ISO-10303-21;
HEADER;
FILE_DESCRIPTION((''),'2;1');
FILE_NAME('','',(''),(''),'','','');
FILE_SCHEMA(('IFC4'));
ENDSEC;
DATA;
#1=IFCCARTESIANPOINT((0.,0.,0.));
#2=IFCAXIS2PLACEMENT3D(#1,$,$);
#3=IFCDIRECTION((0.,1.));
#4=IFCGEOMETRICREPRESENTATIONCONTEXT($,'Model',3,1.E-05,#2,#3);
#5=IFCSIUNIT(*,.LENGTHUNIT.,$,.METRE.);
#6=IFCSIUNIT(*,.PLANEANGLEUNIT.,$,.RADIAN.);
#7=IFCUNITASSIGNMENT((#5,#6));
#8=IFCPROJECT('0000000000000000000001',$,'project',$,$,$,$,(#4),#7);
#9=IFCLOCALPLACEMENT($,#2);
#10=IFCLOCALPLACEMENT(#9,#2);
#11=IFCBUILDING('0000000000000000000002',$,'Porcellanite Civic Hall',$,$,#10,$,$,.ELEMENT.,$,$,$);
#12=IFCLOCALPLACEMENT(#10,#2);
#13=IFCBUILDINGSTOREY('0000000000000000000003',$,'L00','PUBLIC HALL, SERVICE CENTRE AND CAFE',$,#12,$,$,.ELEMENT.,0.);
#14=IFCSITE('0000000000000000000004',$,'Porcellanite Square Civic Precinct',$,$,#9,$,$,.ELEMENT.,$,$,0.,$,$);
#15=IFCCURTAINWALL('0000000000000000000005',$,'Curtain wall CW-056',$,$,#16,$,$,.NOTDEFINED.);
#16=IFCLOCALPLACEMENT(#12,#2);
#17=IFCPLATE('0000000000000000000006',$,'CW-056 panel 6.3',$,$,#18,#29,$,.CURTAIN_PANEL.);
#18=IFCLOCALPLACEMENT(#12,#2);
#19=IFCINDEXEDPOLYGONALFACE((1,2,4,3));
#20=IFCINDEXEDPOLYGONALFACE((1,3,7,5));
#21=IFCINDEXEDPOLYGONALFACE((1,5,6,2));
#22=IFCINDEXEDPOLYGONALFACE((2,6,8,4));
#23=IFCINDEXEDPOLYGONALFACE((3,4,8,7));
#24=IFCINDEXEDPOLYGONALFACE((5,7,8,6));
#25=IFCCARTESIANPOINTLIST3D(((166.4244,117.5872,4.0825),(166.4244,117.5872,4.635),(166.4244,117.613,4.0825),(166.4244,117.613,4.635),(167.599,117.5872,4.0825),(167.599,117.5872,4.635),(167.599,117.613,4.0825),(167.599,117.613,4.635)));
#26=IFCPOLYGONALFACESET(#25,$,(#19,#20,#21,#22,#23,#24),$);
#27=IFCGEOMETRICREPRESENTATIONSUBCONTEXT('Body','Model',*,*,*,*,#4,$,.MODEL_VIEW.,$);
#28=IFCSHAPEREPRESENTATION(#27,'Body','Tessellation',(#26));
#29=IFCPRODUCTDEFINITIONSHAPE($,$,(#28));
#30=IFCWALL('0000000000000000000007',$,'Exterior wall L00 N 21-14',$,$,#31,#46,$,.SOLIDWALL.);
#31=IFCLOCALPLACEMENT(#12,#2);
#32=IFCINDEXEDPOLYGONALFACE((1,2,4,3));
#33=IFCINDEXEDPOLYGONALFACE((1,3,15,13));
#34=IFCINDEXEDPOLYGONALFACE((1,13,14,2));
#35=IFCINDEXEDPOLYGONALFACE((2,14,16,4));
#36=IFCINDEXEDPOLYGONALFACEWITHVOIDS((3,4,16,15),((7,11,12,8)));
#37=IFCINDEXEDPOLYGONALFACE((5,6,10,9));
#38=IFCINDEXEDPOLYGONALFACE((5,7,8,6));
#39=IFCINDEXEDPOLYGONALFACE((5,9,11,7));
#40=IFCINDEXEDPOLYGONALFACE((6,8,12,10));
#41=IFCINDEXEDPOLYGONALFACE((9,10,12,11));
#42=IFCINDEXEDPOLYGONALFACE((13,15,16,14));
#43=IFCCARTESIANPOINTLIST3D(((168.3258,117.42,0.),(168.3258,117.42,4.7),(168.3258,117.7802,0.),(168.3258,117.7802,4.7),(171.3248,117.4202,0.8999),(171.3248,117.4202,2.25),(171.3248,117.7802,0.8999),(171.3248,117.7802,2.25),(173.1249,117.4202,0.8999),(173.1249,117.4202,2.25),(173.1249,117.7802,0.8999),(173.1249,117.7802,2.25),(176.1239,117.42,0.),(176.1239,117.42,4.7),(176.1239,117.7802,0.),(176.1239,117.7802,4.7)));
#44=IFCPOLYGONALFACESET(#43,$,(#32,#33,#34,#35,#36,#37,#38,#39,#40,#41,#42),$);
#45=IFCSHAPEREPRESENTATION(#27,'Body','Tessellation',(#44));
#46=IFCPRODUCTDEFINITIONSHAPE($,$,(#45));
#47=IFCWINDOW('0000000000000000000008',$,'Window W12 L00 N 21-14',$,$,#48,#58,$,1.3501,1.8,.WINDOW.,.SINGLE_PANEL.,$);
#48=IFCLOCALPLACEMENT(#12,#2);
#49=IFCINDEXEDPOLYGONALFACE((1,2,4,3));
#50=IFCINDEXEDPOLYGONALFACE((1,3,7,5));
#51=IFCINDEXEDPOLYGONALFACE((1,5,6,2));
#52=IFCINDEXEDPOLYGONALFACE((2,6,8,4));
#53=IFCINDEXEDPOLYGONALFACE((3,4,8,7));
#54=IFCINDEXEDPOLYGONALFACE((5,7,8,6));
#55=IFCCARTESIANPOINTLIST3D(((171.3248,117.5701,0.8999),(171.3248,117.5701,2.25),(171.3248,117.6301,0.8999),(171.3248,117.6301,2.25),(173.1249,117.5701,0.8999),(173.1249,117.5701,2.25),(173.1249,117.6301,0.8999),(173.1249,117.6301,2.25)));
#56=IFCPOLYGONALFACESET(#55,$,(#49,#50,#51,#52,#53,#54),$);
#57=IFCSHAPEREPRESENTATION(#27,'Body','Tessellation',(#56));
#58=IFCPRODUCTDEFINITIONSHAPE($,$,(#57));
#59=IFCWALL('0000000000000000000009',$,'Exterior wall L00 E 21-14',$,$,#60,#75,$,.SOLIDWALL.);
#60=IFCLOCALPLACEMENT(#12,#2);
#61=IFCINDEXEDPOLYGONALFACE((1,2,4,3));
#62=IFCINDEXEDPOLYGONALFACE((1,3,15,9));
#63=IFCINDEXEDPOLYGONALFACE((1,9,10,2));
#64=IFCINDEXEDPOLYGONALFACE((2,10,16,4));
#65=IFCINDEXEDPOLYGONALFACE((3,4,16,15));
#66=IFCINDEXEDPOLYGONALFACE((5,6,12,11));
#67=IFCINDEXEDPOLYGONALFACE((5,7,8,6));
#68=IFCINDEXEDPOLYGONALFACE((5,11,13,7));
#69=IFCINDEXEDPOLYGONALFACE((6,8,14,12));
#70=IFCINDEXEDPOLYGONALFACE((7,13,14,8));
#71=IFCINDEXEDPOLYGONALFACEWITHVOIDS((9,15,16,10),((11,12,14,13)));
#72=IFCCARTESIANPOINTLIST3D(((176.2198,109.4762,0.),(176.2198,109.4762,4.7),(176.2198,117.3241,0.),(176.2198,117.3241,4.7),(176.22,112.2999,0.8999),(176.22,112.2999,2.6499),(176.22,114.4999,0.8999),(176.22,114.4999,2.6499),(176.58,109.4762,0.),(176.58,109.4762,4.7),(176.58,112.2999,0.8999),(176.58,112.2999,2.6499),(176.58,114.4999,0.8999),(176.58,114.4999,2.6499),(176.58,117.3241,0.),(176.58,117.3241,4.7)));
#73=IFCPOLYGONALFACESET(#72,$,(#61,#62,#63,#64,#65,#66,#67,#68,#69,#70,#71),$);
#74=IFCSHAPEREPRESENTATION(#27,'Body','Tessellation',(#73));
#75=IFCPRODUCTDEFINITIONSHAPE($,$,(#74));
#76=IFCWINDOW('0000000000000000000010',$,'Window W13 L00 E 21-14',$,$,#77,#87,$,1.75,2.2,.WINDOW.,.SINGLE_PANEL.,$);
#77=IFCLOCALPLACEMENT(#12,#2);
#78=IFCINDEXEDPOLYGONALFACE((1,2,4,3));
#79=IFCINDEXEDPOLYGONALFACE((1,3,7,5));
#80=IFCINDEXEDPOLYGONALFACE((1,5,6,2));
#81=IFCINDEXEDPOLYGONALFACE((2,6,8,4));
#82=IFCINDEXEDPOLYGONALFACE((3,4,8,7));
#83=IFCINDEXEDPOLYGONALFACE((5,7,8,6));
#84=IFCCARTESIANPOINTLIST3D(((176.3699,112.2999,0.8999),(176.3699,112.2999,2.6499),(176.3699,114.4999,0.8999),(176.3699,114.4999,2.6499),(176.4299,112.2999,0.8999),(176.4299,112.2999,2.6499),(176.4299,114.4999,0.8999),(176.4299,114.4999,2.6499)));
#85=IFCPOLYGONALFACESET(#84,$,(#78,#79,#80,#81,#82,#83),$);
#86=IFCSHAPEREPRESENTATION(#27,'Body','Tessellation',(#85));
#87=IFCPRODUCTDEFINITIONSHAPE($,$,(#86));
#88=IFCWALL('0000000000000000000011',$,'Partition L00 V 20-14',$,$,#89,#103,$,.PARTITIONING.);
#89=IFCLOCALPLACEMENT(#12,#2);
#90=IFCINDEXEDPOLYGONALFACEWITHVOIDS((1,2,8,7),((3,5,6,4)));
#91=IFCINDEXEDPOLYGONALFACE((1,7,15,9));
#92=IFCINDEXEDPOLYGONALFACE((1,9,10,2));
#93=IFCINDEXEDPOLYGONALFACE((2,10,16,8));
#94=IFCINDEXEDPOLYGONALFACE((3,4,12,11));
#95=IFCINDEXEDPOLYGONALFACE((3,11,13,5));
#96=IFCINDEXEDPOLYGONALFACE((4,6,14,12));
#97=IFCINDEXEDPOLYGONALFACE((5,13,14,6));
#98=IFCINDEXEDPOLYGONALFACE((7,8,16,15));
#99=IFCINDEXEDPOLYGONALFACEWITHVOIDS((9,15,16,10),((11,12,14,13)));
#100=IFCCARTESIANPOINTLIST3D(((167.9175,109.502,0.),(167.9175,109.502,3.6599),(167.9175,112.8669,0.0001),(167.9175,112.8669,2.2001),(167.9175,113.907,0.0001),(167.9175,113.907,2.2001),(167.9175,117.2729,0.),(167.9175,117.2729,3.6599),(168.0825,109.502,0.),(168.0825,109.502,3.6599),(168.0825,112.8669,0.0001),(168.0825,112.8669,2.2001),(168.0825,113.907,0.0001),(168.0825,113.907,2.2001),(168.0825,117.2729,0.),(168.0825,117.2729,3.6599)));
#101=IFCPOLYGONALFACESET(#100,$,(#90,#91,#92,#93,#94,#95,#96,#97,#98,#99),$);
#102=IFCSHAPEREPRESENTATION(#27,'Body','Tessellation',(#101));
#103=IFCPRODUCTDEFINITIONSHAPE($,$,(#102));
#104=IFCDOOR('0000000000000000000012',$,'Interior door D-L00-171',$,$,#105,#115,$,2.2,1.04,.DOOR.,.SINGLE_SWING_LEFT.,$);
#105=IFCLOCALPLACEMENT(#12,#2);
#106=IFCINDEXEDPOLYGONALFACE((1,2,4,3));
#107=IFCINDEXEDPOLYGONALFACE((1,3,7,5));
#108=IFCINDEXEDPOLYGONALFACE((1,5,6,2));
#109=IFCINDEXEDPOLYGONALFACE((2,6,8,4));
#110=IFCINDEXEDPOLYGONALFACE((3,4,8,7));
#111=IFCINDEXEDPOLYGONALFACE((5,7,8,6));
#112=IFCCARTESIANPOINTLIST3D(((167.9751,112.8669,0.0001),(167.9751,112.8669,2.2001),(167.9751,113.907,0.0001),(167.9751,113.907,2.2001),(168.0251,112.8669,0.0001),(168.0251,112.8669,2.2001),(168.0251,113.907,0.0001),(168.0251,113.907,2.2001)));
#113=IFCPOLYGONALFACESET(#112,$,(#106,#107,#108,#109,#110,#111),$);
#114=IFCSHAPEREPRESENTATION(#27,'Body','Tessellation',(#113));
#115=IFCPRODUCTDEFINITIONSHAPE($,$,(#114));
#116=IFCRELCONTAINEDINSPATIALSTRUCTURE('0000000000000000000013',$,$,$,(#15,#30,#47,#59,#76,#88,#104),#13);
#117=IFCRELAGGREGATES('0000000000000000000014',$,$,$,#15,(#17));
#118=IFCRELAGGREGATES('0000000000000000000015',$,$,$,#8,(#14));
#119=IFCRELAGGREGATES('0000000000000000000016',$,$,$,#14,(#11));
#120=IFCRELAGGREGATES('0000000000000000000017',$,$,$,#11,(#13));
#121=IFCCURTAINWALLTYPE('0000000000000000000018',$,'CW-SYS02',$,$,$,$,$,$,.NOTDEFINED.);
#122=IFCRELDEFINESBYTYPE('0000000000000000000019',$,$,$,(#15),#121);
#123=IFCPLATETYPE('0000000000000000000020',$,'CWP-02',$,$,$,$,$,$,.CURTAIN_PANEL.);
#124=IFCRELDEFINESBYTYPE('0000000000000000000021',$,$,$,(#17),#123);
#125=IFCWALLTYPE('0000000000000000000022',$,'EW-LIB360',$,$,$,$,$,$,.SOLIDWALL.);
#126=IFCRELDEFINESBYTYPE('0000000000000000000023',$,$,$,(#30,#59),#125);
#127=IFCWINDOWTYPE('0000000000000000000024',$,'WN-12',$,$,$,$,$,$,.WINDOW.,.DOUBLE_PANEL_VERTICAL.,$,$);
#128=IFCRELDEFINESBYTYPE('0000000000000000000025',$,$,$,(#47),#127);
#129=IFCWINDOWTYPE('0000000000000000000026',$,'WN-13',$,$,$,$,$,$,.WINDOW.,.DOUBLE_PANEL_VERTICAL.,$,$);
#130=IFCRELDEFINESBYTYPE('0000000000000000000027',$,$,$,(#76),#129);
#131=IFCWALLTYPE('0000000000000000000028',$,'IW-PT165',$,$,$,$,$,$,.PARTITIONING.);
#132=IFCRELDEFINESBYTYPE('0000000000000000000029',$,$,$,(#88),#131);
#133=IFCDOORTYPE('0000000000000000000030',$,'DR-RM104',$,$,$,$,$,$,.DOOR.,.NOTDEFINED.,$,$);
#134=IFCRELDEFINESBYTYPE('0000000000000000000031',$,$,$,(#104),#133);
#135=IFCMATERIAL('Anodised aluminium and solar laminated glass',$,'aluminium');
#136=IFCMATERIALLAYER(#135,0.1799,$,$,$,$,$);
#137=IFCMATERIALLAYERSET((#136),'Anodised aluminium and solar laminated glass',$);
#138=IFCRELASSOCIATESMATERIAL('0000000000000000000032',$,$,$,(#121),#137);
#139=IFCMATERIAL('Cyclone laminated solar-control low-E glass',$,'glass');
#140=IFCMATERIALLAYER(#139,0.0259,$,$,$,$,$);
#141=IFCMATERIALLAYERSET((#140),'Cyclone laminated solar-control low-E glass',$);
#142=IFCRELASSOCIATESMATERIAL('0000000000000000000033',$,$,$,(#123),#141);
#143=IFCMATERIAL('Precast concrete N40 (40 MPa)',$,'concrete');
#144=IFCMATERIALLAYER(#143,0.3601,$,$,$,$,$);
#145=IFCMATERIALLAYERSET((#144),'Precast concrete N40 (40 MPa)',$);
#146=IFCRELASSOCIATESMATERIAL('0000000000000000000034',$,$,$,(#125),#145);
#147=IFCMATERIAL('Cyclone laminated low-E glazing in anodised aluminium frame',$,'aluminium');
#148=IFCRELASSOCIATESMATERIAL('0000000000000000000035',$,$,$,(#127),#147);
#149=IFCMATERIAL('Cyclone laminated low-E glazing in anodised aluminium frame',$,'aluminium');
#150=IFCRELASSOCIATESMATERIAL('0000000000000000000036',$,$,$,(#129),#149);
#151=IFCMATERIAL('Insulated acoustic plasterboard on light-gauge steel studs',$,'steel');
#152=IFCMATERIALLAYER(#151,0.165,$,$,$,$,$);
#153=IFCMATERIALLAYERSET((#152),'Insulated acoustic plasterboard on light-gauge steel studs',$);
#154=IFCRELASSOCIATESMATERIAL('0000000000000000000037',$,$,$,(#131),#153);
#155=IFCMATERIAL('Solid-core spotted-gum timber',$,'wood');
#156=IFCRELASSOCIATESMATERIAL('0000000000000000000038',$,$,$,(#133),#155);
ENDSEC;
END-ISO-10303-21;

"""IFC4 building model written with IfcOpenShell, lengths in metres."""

from ifc_helpers import new_model, si_unit, direction, frame, frame_2d, origin, origin_2d, place, context, subcontext, project, spatial, rectangle, extrude, material, layer, layer_set, type_object, element, fill, aggregate, save


model = new_model("IFC4")

# Units and contexts
model_context = context("Model", 3, precision=1e-05, world=origin(), true_north=direction((0.0, 1.0)))
body_context = subcontext(model_context, "Body", "Model", "MODEL_VIEW")
ifc_project = project(units=[si_unit("LENGTHUNIT", "METRE"), si_unit("PLANEANGLEUNIT", "RADIAN")], contexts=[model_context])

# Site, building, storey
site_placement = place(None, origin())
site = spatial("IfcSite", under=ifc_project, at=site_placement, Name="Porcellanite Square Civic Precinct", CompositionType="ELEMENT", RefElevation=0.0)
building_placement = place(site_placement, origin())
building = spatial("IfcBuilding", under=site, at=building_placement, Name="Porcellanite Civic Hall", CompositionType="ELEMENT")
storey_placement = place(building_placement, origin())
storey = spatial("IfcBuildingStorey", under=building, at=storey_placement, Name="L00", Description="PUBLIC HALL, SERVICE CENTRE AND CAFE", CompositionType="ELEMENT", Elevation=0.0)

# Curtain wall, plate
ifc_material_1 = material(Name="Anodised aluminium and solar laminated glass", Category="aluminium")
ifc_layer_1 = layer(ifc_material_1, 0.1799)
ifc_layer_set_1 = layer_set([ifc_layer_1], Name="Anodised aluminium and solar laminated glass")
curtain_wall_type = type_object("IfcCurtainWallType", Name="CW-SYS02", PredefinedType="NOTDEFINED", material=ifc_layer_set_1)
curtain_wall_placement = place(storey_placement, origin())
curtain_wall = element("IfcCurtainWall", 1, at=curtain_wall_placement, inside=storey, type_object=curtain_wall_type, Name="Curtain wall CW-056", PredefinedType="NOTDEFINED")
ifc_material_2 = material(Name="Cyclone laminated solar-control low-E glass", Category="glass")
ifc_layer_2 = layer(ifc_material_2, 0.0259)
ifc_layer_set_2 = layer_set([ifc_layer_2], Name="Cyclone laminated solar-control low-E glass")
plate_type = type_object("IfcPlateType", Name="CWP-02", PredefinedType="CURTAIN_PANEL", material=ifc_layer_set_2)
plate_1_placement = place(storey_placement, frame((167.0117, 117.6001, 4.0825), z_axis=(0.0, 0.0, 1.0), x_axis=(1.0, 0.0, 0.0)))
plate_1 = element("IfcPlate", 2, at=plate_1_placement, type_object=plate_type, Name="CW-056 panel 6.3", PredefinedType="CURTAIN_PANEL", context=body_context, shape_type="SweptSolid", body=[
    extrude(rectangle(XDim=1.1746, YDim=0.0259, at=origin_2d()), origin(), (0.0, 0.0, 1.0), 0.5525),
])
aggregate(curtain_wall, [plate_1])

# Walls, openings, windows
ifc_material_3 = material(Name="Precast concrete N40 (40 MPa)", Category="concrete")
ifc_layer_3 = layer(ifc_material_3, 0.3601)
ifc_layer_set_3 = layer_set([ifc_layer_3], Name="Precast concrete N40 (40 MPa)")
wall_type_1 = type_object("IfcWallType", Name="EW-LIB360", PredefinedType="SOLIDWALL", material=ifc_layer_set_3)
wall_1_placement = place(storey_placement, frame((168.3259, 117.6001, 0.0), z_axis=(0.0, 0.0, 1.0), x_axis=(1.0, 0.0, 0.0)))
wall_1 = element("IfcWall", 3, at=wall_1_placement, inside=storey, type_object=wall_type_1, Name="Exterior wall L00 N 21-14", PredefinedType="SOLIDWALL", context=body_context, shape_type="SweptSolid", body=[
    extrude(rectangle(XDim=7.7981, YDim=0.3601, at=frame_2d((3.8989, 0.0))), origin(), (0.0, 0.0, 1.0), 4.7),
])
opening_1_placement = place(wall_1_placement, frame((2.999, 0.0, 0.8999)))
opening_1 = element("IfcOpeningElement", 4, at=opening_1_placement, cuts=wall_1, PredefinedType="OPENING", context=body_context, shape_type="SweptSolid", body=[
    extrude(rectangle(XDim=1.8, YDim=1.3501, at=frame_2d((0.8999, 0.675))), frame((0.0, 0.1802, 0.0), z_axis=(0.0, -1.0, 0.0), x_axis=(1.0, 0.0, 0.0)), (0.0, 0.0, 1.0), 0.3601),
])
ifc_material_4 = material(Name="Cyclone laminated low-E glazing in anodised aluminium frame", Category="aluminium")
window_type_1 = type_object("IfcWindowType", Name="WN-12", PartitioningType="DOUBLE_PANEL_VERTICAL", PredefinedType="WINDOW", material=ifc_material_4)
window_1_placement = place(opening_1_placement, origin())
window_1 = element("IfcWindow", 5, at=window_1_placement, inside=storey, type_object=window_type_1, Name="Window W12 L00 N 21-14", OverallHeight=1.3501, OverallWidth=1.8, PartitioningType="SINGLE_PANEL", PredefinedType="WINDOW", context=body_context, shape_type="SweptSolid", body=[
    extrude(rectangle(XDim=1.8, YDim=1.3501, at=frame_2d((0.8999, 0.675))), frame((0.0, 0.03, 0.0), z_axis=(0.0, -1.0, 0.0), x_axis=(1.0, 0.0, 0.0)), (0.0, 0.0, 1.0), 0.0601),
])
fill(opening_1, window_1)
wall_2_placement = place(storey_placement, frame((176.3999, 117.324, 0.0), z_axis=(0.0, 0.0, 1.0), x_axis=(0.0, -1.0, 0.0)))
wall_2 = element("IfcWall", 6, at=wall_2_placement, inside=storey, type_object=wall_type_1, Name="Exterior wall L00 E 21-14", PredefinedType="SOLIDWALL", context=body_context, shape_type="SweptSolid", body=[
    extrude(rectangle(XDim=7.8479, YDim=0.3601, at=frame_2d((3.9238, 0.0))), origin(), (0.0, 0.0, 1.0), 4.7),
])
opening_2_placement = place(wall_2_placement, frame((2.824, 0.0, 0.8999)))
opening_2 = element("IfcOpeningElement", 7, at=opening_2_placement, cuts=wall_2, PredefinedType="OPENING", context=body_context, shape_type="SweptSolid", body=[
    extrude(rectangle(XDim=2.2, YDim=1.75, at=frame_2d((1.1001, 0.875))), frame((0.0, 0.1802, 0.0), z_axis=(0.0, -1.0, 0.0), x_axis=(1.0, 0.0, 0.0)), (0.0, 0.0, 1.0), 0.3601),
])
ifc_material_5 = material(Name="Cyclone laminated low-E glazing in anodised aluminium frame", Category="aluminium")
window_type_2 = type_object("IfcWindowType", Name="WN-13", PartitioningType="DOUBLE_PANEL_VERTICAL", PredefinedType="WINDOW", material=ifc_material_5)
window_2_placement = place(opening_2_placement, origin())
window_2 = element("IfcWindow", 8, at=window_2_placement, inside=storey, type_object=window_type_2, Name="Window W13 L00 E 21-14", OverallHeight=1.75, OverallWidth=2.2, PartitioningType="SINGLE_PANEL", PredefinedType="WINDOW", context=body_context, shape_type="SweptSolid", body=[
    extrude(rectangle(XDim=2.2, YDim=1.75, at=frame_2d((1.1001, 0.875))), frame((0.0, 0.03, 0.0), z_axis=(0.0, -1.0, 0.0), x_axis=(1.0, 0.0, 0.0)), (0.0, 0.0, 1.0), 0.0601),
])
fill(opening_2, window_2)

# Wall, opening, door
ifc_material_6 = material(Name="Insulated acoustic plasterboard on light-gauge steel studs", Category="steel")
ifc_layer_4 = layer(ifc_material_6, 0.165)
ifc_layer_set_4 = layer_set([ifc_layer_4], Name="Insulated acoustic plasterboard on light-gauge steel studs")
wall_type_2 = type_object("IfcWallType", Name="IW-PT165", PredefinedType="PARTITIONING", material=ifc_layer_set_4)
wall_3_placement = place(storey_placement, frame((168.0, 109.502, 0.0), z_axis=(0.0, 0.0, 1.0), x_axis=(0.0, 1.0, 0.0)))
wall_3 = element("IfcWall", 9, at=wall_3_placement, inside=storey, type_object=wall_type_2, Name="Partition L00 V 20-14", PredefinedType="PARTITIONING", context=body_context, shape_type="SweptSolid", body=[
    extrude(rectangle(XDim=7.771, YDim=0.165, at=frame_2d((3.8855, 0.0))), origin(), (0.0, 0.0, 1.0), 3.6599),
])
opening_3_placement = place(wall_3_placement, frame((3.365, 0.0, 0.0)))
opening_3 = element("IfcOpeningElement", 10, at=opening_3_placement, cuts=wall_3, PredefinedType="OPENING", context=body_context, shape_type="SweptSolid", body=[
    extrude(rectangle(XDim=1.04, YDim=2.2, at=frame_2d((0.52, 1.1001))), frame((0.0, 0.0825, 0.0), z_axis=(0.0, -1.0, 0.0), x_axis=(1.0, 0.0, 0.0)), (0.0, 0.0, 1.0), 0.165),
])
ifc_material_7 = material(Name="Solid-core spotted-gum timber", Category="wood")
door_type = type_object("IfcDoorType", Name="DR-RM104", OperationType="NOTDEFINED", PredefinedType="DOOR", material=ifc_material_7)
door_placement = place(opening_3_placement, origin())
door = element("IfcDoor", 11, at=door_placement, inside=storey, type_object=door_type, Name="Interior door D-L00-171", OperationType="SINGLE_SWING_LEFT", OverallHeight=2.2, OverallWidth=1.04, PredefinedType="DOOR", context=body_context, shape_type="SweptSolid", body=[
    extrude(rectangle(XDim=1.04, YDim=2.2, at=frame_2d((0.52, 1.1001))), frame((0.0, 0.0249, 0.0), z_axis=(0.0, -1.0, 0.0), x_axis=(1.0, 0.0, 0.0)), (0.0, 0.0, 1.0), 0.05),
])
fill(opening_3, door)

save(model, "model.ifc")
